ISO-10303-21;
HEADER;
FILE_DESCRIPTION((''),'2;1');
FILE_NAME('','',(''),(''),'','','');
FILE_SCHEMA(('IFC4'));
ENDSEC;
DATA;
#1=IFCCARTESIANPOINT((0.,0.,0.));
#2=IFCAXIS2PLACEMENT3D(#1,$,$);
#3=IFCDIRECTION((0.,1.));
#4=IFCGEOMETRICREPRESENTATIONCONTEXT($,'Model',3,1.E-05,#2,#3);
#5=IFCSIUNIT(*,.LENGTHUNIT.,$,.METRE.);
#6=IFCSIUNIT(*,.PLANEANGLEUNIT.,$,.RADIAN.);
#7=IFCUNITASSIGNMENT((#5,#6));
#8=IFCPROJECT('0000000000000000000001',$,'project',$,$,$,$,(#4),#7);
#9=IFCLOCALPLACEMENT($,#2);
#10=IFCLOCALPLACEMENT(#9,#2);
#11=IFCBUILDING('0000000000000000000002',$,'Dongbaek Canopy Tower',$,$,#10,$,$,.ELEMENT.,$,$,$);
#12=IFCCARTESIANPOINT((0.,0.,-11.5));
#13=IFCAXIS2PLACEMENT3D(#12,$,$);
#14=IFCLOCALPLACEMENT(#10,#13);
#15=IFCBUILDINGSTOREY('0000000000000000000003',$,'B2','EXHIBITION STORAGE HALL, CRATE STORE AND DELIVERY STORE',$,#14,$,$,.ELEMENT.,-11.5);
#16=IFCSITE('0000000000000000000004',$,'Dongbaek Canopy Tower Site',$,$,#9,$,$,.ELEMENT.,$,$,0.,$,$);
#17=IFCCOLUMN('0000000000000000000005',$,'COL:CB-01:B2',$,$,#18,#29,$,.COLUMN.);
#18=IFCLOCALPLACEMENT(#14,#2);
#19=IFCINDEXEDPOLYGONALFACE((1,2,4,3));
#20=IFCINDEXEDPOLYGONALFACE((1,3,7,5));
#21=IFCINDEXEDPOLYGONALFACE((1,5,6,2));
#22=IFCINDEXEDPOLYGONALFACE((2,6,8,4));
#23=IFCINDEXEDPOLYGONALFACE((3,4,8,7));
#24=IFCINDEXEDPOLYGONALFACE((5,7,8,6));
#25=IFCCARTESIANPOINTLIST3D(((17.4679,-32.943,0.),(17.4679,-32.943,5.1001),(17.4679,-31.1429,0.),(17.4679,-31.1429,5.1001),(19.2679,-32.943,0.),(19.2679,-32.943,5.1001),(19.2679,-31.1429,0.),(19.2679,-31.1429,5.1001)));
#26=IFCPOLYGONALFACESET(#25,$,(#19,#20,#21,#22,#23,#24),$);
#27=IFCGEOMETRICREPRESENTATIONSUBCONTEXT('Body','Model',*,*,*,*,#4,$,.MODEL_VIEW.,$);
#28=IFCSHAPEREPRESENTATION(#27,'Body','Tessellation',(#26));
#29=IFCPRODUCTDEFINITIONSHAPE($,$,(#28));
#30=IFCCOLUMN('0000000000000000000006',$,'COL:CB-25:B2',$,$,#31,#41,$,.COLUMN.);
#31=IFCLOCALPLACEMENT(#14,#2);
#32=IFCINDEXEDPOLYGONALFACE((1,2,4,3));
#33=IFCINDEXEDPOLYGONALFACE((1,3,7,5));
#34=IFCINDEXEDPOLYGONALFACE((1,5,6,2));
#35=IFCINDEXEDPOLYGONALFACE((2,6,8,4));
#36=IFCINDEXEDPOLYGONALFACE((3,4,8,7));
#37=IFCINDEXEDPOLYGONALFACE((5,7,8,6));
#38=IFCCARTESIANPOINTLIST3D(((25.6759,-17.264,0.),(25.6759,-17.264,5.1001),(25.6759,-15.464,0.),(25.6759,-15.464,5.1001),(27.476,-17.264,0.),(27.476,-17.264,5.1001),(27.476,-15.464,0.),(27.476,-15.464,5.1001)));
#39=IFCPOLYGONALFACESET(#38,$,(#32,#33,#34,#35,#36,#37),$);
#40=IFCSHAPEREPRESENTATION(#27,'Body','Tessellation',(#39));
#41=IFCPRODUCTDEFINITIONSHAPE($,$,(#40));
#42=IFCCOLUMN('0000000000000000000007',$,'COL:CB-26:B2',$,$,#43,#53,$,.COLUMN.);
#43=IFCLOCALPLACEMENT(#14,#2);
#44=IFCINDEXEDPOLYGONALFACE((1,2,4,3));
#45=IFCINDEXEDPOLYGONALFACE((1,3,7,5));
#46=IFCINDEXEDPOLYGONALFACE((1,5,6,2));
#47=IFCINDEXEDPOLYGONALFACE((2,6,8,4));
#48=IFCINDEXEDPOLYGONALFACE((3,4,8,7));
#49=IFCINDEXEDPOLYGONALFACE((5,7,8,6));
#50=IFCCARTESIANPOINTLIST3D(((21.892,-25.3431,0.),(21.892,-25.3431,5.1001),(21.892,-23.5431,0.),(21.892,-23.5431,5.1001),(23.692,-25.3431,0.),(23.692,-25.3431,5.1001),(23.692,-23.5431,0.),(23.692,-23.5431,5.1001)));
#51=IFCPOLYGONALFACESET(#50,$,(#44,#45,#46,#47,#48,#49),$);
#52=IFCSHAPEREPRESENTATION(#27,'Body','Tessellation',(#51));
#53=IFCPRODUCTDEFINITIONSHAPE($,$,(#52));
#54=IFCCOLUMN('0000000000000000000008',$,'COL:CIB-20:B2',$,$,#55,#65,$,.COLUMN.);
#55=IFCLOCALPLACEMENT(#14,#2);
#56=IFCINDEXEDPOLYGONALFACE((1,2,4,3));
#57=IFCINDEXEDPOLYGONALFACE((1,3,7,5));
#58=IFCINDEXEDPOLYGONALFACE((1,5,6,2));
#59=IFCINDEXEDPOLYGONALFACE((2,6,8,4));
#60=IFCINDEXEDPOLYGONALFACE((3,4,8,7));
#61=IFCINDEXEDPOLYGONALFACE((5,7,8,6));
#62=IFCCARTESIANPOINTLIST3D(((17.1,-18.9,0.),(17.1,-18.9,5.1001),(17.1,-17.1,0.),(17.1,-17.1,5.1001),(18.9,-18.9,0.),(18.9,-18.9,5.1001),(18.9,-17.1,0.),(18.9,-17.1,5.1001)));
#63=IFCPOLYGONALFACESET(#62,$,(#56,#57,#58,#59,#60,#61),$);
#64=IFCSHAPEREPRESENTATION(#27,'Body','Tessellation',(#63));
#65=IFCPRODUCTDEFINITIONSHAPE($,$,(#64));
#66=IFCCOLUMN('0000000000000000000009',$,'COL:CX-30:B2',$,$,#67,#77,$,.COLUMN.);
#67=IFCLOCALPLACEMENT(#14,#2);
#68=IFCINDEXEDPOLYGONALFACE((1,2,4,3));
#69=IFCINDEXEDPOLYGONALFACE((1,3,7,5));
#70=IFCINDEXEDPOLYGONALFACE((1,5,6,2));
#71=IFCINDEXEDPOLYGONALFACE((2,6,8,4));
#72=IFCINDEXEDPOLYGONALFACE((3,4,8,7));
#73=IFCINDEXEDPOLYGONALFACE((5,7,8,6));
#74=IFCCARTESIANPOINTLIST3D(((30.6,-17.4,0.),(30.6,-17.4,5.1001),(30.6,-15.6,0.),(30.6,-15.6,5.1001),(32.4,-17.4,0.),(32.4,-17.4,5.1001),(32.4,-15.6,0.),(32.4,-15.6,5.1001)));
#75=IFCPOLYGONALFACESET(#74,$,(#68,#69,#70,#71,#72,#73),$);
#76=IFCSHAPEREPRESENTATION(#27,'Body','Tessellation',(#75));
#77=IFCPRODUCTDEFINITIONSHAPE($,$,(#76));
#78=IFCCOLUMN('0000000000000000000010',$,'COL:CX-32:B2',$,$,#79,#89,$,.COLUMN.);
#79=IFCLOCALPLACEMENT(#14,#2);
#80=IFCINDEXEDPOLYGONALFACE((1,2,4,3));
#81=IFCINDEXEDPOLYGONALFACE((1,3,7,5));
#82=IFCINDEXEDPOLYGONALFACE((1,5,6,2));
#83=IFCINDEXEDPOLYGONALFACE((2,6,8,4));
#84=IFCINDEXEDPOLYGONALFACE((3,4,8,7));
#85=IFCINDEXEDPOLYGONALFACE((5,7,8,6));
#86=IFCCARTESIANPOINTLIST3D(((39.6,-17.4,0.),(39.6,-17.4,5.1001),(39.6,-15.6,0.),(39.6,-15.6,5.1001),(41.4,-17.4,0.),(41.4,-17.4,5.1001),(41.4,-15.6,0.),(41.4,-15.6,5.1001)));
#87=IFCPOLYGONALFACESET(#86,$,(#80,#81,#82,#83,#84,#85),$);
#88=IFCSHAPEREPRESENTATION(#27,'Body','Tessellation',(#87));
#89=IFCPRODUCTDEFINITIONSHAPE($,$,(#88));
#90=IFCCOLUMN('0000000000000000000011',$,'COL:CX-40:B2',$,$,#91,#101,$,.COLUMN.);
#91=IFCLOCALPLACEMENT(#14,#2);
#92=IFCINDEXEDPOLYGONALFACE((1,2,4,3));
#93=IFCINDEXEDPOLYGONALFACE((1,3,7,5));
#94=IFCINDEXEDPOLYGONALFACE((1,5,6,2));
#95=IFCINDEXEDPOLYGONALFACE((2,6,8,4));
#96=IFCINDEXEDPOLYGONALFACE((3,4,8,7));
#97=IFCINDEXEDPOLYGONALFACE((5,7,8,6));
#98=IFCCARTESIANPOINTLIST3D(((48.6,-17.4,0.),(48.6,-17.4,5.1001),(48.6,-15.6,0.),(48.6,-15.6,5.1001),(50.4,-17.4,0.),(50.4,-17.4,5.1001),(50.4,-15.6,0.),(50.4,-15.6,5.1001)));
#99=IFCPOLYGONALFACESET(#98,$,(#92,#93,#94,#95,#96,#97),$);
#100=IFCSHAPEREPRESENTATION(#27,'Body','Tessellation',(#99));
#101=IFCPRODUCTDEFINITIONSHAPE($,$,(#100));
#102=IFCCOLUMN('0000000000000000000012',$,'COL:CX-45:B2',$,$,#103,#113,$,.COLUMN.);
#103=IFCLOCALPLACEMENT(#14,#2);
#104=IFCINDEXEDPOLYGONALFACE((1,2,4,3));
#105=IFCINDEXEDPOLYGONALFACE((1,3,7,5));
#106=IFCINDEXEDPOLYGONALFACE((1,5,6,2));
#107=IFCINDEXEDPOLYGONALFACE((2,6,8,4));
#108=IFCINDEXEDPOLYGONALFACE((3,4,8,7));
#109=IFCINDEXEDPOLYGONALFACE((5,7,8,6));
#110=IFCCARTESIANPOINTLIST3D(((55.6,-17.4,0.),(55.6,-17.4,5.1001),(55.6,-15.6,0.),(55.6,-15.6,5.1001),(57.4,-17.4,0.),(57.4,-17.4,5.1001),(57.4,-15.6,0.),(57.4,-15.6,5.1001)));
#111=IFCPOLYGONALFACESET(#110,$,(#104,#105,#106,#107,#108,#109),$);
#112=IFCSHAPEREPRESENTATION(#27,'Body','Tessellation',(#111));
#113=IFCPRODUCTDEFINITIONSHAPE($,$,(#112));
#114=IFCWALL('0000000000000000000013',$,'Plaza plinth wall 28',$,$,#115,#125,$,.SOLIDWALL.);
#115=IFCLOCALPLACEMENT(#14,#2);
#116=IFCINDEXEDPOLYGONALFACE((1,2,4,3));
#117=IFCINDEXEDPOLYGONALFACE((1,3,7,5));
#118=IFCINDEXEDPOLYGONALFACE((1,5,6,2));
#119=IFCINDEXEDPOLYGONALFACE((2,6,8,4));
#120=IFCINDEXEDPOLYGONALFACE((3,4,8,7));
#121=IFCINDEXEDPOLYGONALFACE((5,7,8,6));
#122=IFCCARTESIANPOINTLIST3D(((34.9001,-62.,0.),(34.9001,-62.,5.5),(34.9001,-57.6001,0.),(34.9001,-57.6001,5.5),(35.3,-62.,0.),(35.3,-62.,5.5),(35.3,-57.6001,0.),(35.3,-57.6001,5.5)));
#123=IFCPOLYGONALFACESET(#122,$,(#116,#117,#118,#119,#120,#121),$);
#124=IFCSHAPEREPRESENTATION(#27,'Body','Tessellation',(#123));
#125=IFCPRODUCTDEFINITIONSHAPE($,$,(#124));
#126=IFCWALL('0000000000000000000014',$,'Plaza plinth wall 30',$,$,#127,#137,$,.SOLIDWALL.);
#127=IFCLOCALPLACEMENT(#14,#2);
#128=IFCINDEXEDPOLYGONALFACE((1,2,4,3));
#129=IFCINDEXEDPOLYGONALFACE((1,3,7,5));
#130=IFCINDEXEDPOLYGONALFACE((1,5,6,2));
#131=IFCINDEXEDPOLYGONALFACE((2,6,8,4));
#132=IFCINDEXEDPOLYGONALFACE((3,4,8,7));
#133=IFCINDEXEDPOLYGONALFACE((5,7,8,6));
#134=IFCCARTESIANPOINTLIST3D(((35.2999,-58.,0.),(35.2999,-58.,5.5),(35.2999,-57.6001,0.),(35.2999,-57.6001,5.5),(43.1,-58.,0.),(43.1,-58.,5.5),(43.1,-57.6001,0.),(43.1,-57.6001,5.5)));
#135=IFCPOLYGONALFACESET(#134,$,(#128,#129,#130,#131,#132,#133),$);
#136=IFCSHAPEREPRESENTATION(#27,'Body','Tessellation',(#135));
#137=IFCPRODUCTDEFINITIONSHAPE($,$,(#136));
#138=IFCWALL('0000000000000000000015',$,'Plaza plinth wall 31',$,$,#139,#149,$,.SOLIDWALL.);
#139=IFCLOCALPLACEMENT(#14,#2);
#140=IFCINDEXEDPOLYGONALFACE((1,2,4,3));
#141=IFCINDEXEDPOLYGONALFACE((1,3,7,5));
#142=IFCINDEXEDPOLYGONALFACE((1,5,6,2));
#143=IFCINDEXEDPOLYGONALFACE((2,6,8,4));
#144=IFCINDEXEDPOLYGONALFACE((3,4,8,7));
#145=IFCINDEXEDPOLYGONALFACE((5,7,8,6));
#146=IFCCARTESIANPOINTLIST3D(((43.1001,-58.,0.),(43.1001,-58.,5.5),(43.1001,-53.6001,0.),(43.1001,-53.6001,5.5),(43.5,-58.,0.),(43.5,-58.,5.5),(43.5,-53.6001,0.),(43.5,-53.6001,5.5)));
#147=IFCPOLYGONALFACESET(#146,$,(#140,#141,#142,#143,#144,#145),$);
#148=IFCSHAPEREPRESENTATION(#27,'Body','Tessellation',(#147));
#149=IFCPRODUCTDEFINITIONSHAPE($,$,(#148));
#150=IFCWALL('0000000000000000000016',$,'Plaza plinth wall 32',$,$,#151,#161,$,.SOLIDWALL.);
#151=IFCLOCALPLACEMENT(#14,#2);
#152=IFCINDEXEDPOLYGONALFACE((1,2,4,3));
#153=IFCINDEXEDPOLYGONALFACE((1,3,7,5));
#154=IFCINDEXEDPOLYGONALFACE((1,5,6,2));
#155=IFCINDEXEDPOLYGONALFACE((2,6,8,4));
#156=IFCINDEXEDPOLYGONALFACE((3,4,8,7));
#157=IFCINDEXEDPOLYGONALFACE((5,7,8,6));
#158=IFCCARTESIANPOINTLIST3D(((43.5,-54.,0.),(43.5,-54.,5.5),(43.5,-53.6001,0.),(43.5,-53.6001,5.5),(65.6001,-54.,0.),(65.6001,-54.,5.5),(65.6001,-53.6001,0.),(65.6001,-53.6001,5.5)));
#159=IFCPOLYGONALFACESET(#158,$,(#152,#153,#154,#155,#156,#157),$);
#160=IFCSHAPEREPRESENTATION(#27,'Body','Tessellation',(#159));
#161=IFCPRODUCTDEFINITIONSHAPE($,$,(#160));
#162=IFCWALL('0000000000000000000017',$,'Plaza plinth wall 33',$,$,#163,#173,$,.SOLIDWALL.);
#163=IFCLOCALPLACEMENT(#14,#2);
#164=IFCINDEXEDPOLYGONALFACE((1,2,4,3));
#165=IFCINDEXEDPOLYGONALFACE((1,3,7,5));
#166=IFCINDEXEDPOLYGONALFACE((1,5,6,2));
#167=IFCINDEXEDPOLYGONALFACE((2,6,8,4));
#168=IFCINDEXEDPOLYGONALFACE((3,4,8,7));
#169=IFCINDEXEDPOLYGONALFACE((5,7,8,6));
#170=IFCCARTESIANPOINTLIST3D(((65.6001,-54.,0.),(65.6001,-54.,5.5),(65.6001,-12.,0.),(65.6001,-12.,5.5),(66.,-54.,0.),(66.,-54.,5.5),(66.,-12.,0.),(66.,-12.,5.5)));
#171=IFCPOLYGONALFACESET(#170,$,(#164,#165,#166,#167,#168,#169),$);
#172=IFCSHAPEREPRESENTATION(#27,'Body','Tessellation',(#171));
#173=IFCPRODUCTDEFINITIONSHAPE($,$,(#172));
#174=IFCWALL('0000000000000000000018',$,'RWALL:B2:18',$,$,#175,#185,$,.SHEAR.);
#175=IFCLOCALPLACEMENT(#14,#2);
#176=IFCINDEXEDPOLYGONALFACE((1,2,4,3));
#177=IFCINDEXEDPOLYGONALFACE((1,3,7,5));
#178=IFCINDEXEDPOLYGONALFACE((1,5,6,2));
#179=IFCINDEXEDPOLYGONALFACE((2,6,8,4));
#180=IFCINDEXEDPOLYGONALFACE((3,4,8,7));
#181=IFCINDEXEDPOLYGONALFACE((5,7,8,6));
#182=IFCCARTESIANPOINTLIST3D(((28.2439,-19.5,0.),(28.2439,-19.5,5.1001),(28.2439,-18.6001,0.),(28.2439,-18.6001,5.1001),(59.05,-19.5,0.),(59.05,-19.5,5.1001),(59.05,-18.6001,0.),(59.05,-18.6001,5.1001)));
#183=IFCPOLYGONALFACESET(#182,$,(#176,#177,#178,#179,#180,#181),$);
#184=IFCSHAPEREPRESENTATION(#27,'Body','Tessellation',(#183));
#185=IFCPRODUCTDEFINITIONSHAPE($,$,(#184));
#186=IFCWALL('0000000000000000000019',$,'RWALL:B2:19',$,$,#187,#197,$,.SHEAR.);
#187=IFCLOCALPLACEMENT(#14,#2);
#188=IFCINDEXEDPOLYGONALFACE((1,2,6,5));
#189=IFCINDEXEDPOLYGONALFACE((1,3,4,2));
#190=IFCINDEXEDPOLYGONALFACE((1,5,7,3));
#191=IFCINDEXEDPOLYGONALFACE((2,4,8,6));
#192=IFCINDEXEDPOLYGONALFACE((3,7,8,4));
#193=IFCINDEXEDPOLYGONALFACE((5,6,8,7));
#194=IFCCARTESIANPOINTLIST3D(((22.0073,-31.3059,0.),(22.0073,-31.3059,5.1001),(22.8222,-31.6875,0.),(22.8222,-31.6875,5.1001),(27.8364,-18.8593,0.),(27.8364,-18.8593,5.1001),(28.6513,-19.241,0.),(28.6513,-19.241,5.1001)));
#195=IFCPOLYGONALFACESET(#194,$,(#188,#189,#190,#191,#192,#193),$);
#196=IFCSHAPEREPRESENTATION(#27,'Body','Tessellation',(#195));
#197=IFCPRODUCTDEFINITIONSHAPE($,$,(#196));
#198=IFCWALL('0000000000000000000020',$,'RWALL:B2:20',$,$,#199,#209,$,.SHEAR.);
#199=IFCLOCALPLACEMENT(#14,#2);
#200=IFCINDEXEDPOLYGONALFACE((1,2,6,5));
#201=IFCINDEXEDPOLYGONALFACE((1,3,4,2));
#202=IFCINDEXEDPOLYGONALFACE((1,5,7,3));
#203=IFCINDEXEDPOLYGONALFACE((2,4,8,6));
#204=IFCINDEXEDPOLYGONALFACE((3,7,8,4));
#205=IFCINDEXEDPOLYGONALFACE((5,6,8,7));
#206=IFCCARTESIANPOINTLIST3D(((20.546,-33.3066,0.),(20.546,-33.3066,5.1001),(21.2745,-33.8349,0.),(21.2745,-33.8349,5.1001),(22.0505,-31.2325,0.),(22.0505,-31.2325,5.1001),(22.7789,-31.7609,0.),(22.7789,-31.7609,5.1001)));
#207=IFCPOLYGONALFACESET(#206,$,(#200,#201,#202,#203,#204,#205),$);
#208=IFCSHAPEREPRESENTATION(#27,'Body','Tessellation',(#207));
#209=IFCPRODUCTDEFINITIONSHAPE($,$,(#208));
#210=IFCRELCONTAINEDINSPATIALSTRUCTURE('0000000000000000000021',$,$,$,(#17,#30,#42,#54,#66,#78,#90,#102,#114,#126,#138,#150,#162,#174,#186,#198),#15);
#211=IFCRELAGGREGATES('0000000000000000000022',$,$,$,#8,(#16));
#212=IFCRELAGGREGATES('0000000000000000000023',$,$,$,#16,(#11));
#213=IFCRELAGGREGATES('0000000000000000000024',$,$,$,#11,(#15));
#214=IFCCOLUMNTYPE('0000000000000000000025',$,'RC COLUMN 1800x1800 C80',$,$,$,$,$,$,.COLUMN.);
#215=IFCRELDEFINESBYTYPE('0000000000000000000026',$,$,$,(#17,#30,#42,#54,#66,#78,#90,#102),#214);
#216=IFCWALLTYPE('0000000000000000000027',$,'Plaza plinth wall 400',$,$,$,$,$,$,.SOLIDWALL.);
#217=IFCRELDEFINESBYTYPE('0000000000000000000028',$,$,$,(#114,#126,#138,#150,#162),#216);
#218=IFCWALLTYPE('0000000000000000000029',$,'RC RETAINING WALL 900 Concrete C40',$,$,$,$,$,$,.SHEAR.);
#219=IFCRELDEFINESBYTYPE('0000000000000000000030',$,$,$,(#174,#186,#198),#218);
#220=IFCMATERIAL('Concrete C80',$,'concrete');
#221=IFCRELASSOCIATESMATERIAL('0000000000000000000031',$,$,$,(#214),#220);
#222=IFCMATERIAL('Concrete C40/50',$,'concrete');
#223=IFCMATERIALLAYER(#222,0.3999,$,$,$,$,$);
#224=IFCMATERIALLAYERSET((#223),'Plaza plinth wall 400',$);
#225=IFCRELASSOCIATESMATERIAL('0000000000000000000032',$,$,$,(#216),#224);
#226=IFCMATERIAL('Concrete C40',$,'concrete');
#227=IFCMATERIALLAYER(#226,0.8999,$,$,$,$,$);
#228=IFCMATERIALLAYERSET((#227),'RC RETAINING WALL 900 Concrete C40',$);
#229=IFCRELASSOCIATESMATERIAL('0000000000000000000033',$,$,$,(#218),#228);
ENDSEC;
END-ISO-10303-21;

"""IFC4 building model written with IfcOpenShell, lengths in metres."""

from ifc_helpers import new_model, si_unit, direction, frame, frame_2d, origin, origin_2d, place, context, subcontext, project, spatial, rectangle, extrude, material, layer, layer_set, material_profile, profile_set, type_object, element, save


model = new_model("IFC4")

# Units and contexts
model_context = context("Model", 3, precision=1e-05, world=origin(), true_north=direction((0.0, 1.0)))
body_context = subcontext(model_context, "Body", "Model", "MODEL_VIEW")
ifc_project = project(units=[si_unit("LENGTHUNIT", "METRE"), si_unit("PLANEANGLEUNIT", "RADIAN")], contexts=[model_context])

# Site, building, storey
site_placement = place(None, origin())
site = spatial("IfcSite", under=ifc_project, at=site_placement, Name="Dongbaek Canopy Tower Site", CompositionType="ELEMENT", RefElevation=0.0)
building_placement = place(site_placement, origin())
building = spatial("IfcBuilding", under=site, at=building_placement, Name="Dongbaek Canopy Tower", CompositionType="ELEMENT")
storey_placement = place(building_placement, frame((0.0, 0.0, -11.5)))
storey = spatial("IfcBuildingStorey", under=building, at=storey_placement, Name="B2", Description="EXHIBITION STORAGE HALL, CRATE STORE AND DELIVERY STORE", CompositionType="ELEMENT", Elevation=-11.5)

# Columns
ifc_material_1 = material(Name="Concrete C80", Category="concrete")
ifc_material_profile = material_profile(ifc_material_1, rectangle(XDim=1.8, YDim=1.8, at=origin_2d()), Name="RC COLUMN 1800x1800 C80")
ifc_profile_set = profile_set([ifc_material_profile], Name="Concrete C80")
column_type = type_object("IfcColumnType", Name="RC COLUMN 1800x1800 C80", PredefinedType="COLUMN", material=ifc_profile_set)
for number, where, z_axis, x_axis, name in (
    (1, (18.3679, -32.043, 0.0), (0.0, 0.0, 1.0), (1.0, 0.0, 0.0), "COL:CB-01:B2"),
    (2, (26.5759, -16.364, 0.0), (0.0, 0.0, 1.0), (1.0, 0.0, 0.0), "COL:CB-25:B2"),
    (3, (22.792, -24.4431, 0.0), (0.0, 0.0, 1.0), (1.0, 0.0, 0.0), "COL:CB-26:B2"),
    (4, (18.0, -18.0, 0.0), (0.0, 0.0, 1.0), (1.0, 0.0, 0.0), "COL:CIB-20:B2"),
    (5, (31.5, -16.5, 0.0), (0.0, 0.0, 1.0), (1.0, 0.0, 0.0), "COL:CX-30:B2"),
    (6, (40.5, -16.5, 0.0), (0.0, 0.0, 1.0), (1.0, 0.0, 0.0), "COL:CX-32:B2"),
    (7, (49.5, -16.5, 0.0), (0.0, 0.0, 1.0), (1.0, 0.0, 0.0), "COL:CX-40:B2"),
    (8, (56.5, -16.5, 0.0), (0.0, 0.0, 1.0), (1.0, 0.0, 0.0), "COL:CX-45:B2"),
):
    element("IfcColumn", number, at=place(storey_placement, frame(where, z_axis=z_axis, x_axis=x_axis)), inside=storey, type_object=column_type, Name=name, PredefinedType="COLUMN", context=body_context, shape_type="SweptSolid", body=[
        extrude(rectangle(XDim=1.8, YDim=1.8, at=origin_2d()), origin(), (0.0, 0.0, 1.0), 5.1001),
    ])

# Walls
ifc_material_2 = material(Name="Concrete C40/50", Category="concrete")
ifc_layer_1 = layer(ifc_material_2, 0.3999)
ifc_layer_set_1 = layer_set([ifc_layer_1], Name="Plaza plinth wall 400")
wall_type_1 = type_object("IfcWallType", Name="Plaza plinth wall 400", PredefinedType="SOLIDWALL", material=ifc_layer_set_1)
wall_1_placement = place(storey_placement, frame((35.1001, -62.0, 0.0), z_axis=(0.0, 0.0, 1.0), x_axis=(0.0, 1.0, 0.0)))
element("IfcWall", 9, at=wall_1_placement, inside=storey, type_object=wall_type_1, Name="Plaza plinth wall 28", PredefinedType="SOLIDWALL", context=body_context, shape_type="SweptSolid", body=[
    extrude(rectangle(XDim=4.3999, YDim=0.3999, at=frame_2d((2.2, 0.0))), origin(), (0.0, 0.0, 1.0), 5.5),
])
wall_2_placement = place(storey_placement, frame((35.3, -57.8, 0.0), z_axis=(0.0, 0.0, 1.0), x_axis=(1.0, 0.0, 0.0)))
element("IfcWall", 10, at=wall_2_placement, inside=storey, type_object=wall_type_1, Name="Plaza plinth wall 30", PredefinedType="SOLIDWALL", context=body_context, shape_type="SweptSolid", body=[
    extrude(rectangle(XDim=7.8, YDim=0.3999, at=frame_2d((3.8999, 0.0))), origin(), (0.0, 0.0, 1.0), 5.5),
])
wall_3_placement = place(storey_placement, frame((43.3, -58.0, 0.0), z_axis=(0.0, 0.0, 1.0), x_axis=(0.0, 1.0, 0.0)))
element("IfcWall", 11, at=wall_3_placement, inside=storey, type_object=wall_type_1, Name="Plaza plinth wall 31", PredefinedType="SOLIDWALL", context=body_context, shape_type="SweptSolid", body=[
    extrude(rectangle(XDim=4.3999, YDim=0.3999, at=frame_2d((2.2, 0.0))), origin(), (0.0, 0.0, 1.0), 5.5),
])
wall_4_placement = place(storey_placement, frame((43.5, -53.8, 0.0), z_axis=(0.0, 0.0, 1.0), x_axis=(1.0, 0.0, 0.0)))
element("IfcWall", 12, at=wall_4_placement, inside=storey, type_object=wall_type_1, Name="Plaza plinth wall 32", PredefinedType="SOLIDWALL", context=body_context, shape_type="SweptSolid", body=[
    extrude(rectangle(XDim=22.1001, YDim=0.3999, at=frame_2d((11.05, 0.0))), origin(), (0.0, 0.0, 1.0), 5.5),
])
wall_5_placement = place(storey_placement, frame((65.8, -54.0, 0.0), z_axis=(0.0, 0.0, 1.0), x_axis=(0.0, 1.0, 0.0)))
element("IfcWall", 13, at=wall_5_placement, inside=storey, type_object=wall_type_1, Name="Plaza plinth wall 33", PredefinedType="SOLIDWALL", context=body_context, shape_type="SweptSolid", body=[
    extrude(rectangle(XDim=42.0, YDim=0.3999, at=frame_2d((21.0, 0.0))), origin(), (0.0, 0.0, 1.0), 5.5),
])
ifc_material_3 = material(Name="Concrete C40", Category="concrete")
ifc_layer_2 = layer(ifc_material_3, 0.8999)
ifc_layer_set_2 = layer_set([ifc_layer_2], Name="RC RETAINING WALL 900 Concrete C40")
wall_type_2 = type_object("IfcWallType", Name="RC RETAINING WALL 900 Concrete C40", PredefinedType="SHEAR", material=ifc_layer_set_2)
wall_6_placement = place(storey_placement, frame((59.05, -19.05, 0.0), z_axis=(0.0, 0.0, 1.0), x_axis=(-1.0, 0.0, 0.0)))
element("IfcWall", 14, at=wall_6_placement, inside=storey, type_object=wall_type_2, Name="RWALL:B2:18", PredefinedType="SHEAR", context=body_context, shape_type="SweptSolid", body=[
    extrude(rectangle(XDim=30.8062, YDim=0.8999, at=frame_2d((15.4031, 0.0))), origin(), (0.0, 0.0, 1.0), 5.1001),
])
wall_7_placement = place(storey_placement, frame((28.2439, -19.05, 0.0), z_axis=(0.0, 0.0, 1.0), x_axis=(-0.424123, -0.905605, 0.0)))
element("IfcWall", 15, at=wall_7_placement, inside=storey, type_object=wall_type_2, Name="RWALL:B2:19", PredefinedType="SHEAR", context=body_context, shape_type="SweptSolid", body=[
    extrude(rectangle(XDim=13.7439, YDim=0.8999, at=frame_2d((6.8721, 0.0))), origin(), (0.0, 0.0, 1.0), 5.1001),
])
wall_8_placement = place(storey_placement, frame((22.4148, -31.4966, 0.0), z_axis=(0.0, 0.0, 1.0), x_axis=(-0.587163, -0.809469, 0.0)))
element("IfcWall", 16, at=wall_8_placement, inside=storey, type_object=wall_type_2, Name="RWALL:B2:20", PredefinedType="SHEAR", context=body_context, shape_type="SweptSolid", body=[
    extrude(rectangle(XDim=2.5623, YDim=0.8999, at=frame_2d((1.2812, 0.0))), origin(), (0.0, 0.0, 1.0), 5.1001),
])

save(model, "model.ifc")
